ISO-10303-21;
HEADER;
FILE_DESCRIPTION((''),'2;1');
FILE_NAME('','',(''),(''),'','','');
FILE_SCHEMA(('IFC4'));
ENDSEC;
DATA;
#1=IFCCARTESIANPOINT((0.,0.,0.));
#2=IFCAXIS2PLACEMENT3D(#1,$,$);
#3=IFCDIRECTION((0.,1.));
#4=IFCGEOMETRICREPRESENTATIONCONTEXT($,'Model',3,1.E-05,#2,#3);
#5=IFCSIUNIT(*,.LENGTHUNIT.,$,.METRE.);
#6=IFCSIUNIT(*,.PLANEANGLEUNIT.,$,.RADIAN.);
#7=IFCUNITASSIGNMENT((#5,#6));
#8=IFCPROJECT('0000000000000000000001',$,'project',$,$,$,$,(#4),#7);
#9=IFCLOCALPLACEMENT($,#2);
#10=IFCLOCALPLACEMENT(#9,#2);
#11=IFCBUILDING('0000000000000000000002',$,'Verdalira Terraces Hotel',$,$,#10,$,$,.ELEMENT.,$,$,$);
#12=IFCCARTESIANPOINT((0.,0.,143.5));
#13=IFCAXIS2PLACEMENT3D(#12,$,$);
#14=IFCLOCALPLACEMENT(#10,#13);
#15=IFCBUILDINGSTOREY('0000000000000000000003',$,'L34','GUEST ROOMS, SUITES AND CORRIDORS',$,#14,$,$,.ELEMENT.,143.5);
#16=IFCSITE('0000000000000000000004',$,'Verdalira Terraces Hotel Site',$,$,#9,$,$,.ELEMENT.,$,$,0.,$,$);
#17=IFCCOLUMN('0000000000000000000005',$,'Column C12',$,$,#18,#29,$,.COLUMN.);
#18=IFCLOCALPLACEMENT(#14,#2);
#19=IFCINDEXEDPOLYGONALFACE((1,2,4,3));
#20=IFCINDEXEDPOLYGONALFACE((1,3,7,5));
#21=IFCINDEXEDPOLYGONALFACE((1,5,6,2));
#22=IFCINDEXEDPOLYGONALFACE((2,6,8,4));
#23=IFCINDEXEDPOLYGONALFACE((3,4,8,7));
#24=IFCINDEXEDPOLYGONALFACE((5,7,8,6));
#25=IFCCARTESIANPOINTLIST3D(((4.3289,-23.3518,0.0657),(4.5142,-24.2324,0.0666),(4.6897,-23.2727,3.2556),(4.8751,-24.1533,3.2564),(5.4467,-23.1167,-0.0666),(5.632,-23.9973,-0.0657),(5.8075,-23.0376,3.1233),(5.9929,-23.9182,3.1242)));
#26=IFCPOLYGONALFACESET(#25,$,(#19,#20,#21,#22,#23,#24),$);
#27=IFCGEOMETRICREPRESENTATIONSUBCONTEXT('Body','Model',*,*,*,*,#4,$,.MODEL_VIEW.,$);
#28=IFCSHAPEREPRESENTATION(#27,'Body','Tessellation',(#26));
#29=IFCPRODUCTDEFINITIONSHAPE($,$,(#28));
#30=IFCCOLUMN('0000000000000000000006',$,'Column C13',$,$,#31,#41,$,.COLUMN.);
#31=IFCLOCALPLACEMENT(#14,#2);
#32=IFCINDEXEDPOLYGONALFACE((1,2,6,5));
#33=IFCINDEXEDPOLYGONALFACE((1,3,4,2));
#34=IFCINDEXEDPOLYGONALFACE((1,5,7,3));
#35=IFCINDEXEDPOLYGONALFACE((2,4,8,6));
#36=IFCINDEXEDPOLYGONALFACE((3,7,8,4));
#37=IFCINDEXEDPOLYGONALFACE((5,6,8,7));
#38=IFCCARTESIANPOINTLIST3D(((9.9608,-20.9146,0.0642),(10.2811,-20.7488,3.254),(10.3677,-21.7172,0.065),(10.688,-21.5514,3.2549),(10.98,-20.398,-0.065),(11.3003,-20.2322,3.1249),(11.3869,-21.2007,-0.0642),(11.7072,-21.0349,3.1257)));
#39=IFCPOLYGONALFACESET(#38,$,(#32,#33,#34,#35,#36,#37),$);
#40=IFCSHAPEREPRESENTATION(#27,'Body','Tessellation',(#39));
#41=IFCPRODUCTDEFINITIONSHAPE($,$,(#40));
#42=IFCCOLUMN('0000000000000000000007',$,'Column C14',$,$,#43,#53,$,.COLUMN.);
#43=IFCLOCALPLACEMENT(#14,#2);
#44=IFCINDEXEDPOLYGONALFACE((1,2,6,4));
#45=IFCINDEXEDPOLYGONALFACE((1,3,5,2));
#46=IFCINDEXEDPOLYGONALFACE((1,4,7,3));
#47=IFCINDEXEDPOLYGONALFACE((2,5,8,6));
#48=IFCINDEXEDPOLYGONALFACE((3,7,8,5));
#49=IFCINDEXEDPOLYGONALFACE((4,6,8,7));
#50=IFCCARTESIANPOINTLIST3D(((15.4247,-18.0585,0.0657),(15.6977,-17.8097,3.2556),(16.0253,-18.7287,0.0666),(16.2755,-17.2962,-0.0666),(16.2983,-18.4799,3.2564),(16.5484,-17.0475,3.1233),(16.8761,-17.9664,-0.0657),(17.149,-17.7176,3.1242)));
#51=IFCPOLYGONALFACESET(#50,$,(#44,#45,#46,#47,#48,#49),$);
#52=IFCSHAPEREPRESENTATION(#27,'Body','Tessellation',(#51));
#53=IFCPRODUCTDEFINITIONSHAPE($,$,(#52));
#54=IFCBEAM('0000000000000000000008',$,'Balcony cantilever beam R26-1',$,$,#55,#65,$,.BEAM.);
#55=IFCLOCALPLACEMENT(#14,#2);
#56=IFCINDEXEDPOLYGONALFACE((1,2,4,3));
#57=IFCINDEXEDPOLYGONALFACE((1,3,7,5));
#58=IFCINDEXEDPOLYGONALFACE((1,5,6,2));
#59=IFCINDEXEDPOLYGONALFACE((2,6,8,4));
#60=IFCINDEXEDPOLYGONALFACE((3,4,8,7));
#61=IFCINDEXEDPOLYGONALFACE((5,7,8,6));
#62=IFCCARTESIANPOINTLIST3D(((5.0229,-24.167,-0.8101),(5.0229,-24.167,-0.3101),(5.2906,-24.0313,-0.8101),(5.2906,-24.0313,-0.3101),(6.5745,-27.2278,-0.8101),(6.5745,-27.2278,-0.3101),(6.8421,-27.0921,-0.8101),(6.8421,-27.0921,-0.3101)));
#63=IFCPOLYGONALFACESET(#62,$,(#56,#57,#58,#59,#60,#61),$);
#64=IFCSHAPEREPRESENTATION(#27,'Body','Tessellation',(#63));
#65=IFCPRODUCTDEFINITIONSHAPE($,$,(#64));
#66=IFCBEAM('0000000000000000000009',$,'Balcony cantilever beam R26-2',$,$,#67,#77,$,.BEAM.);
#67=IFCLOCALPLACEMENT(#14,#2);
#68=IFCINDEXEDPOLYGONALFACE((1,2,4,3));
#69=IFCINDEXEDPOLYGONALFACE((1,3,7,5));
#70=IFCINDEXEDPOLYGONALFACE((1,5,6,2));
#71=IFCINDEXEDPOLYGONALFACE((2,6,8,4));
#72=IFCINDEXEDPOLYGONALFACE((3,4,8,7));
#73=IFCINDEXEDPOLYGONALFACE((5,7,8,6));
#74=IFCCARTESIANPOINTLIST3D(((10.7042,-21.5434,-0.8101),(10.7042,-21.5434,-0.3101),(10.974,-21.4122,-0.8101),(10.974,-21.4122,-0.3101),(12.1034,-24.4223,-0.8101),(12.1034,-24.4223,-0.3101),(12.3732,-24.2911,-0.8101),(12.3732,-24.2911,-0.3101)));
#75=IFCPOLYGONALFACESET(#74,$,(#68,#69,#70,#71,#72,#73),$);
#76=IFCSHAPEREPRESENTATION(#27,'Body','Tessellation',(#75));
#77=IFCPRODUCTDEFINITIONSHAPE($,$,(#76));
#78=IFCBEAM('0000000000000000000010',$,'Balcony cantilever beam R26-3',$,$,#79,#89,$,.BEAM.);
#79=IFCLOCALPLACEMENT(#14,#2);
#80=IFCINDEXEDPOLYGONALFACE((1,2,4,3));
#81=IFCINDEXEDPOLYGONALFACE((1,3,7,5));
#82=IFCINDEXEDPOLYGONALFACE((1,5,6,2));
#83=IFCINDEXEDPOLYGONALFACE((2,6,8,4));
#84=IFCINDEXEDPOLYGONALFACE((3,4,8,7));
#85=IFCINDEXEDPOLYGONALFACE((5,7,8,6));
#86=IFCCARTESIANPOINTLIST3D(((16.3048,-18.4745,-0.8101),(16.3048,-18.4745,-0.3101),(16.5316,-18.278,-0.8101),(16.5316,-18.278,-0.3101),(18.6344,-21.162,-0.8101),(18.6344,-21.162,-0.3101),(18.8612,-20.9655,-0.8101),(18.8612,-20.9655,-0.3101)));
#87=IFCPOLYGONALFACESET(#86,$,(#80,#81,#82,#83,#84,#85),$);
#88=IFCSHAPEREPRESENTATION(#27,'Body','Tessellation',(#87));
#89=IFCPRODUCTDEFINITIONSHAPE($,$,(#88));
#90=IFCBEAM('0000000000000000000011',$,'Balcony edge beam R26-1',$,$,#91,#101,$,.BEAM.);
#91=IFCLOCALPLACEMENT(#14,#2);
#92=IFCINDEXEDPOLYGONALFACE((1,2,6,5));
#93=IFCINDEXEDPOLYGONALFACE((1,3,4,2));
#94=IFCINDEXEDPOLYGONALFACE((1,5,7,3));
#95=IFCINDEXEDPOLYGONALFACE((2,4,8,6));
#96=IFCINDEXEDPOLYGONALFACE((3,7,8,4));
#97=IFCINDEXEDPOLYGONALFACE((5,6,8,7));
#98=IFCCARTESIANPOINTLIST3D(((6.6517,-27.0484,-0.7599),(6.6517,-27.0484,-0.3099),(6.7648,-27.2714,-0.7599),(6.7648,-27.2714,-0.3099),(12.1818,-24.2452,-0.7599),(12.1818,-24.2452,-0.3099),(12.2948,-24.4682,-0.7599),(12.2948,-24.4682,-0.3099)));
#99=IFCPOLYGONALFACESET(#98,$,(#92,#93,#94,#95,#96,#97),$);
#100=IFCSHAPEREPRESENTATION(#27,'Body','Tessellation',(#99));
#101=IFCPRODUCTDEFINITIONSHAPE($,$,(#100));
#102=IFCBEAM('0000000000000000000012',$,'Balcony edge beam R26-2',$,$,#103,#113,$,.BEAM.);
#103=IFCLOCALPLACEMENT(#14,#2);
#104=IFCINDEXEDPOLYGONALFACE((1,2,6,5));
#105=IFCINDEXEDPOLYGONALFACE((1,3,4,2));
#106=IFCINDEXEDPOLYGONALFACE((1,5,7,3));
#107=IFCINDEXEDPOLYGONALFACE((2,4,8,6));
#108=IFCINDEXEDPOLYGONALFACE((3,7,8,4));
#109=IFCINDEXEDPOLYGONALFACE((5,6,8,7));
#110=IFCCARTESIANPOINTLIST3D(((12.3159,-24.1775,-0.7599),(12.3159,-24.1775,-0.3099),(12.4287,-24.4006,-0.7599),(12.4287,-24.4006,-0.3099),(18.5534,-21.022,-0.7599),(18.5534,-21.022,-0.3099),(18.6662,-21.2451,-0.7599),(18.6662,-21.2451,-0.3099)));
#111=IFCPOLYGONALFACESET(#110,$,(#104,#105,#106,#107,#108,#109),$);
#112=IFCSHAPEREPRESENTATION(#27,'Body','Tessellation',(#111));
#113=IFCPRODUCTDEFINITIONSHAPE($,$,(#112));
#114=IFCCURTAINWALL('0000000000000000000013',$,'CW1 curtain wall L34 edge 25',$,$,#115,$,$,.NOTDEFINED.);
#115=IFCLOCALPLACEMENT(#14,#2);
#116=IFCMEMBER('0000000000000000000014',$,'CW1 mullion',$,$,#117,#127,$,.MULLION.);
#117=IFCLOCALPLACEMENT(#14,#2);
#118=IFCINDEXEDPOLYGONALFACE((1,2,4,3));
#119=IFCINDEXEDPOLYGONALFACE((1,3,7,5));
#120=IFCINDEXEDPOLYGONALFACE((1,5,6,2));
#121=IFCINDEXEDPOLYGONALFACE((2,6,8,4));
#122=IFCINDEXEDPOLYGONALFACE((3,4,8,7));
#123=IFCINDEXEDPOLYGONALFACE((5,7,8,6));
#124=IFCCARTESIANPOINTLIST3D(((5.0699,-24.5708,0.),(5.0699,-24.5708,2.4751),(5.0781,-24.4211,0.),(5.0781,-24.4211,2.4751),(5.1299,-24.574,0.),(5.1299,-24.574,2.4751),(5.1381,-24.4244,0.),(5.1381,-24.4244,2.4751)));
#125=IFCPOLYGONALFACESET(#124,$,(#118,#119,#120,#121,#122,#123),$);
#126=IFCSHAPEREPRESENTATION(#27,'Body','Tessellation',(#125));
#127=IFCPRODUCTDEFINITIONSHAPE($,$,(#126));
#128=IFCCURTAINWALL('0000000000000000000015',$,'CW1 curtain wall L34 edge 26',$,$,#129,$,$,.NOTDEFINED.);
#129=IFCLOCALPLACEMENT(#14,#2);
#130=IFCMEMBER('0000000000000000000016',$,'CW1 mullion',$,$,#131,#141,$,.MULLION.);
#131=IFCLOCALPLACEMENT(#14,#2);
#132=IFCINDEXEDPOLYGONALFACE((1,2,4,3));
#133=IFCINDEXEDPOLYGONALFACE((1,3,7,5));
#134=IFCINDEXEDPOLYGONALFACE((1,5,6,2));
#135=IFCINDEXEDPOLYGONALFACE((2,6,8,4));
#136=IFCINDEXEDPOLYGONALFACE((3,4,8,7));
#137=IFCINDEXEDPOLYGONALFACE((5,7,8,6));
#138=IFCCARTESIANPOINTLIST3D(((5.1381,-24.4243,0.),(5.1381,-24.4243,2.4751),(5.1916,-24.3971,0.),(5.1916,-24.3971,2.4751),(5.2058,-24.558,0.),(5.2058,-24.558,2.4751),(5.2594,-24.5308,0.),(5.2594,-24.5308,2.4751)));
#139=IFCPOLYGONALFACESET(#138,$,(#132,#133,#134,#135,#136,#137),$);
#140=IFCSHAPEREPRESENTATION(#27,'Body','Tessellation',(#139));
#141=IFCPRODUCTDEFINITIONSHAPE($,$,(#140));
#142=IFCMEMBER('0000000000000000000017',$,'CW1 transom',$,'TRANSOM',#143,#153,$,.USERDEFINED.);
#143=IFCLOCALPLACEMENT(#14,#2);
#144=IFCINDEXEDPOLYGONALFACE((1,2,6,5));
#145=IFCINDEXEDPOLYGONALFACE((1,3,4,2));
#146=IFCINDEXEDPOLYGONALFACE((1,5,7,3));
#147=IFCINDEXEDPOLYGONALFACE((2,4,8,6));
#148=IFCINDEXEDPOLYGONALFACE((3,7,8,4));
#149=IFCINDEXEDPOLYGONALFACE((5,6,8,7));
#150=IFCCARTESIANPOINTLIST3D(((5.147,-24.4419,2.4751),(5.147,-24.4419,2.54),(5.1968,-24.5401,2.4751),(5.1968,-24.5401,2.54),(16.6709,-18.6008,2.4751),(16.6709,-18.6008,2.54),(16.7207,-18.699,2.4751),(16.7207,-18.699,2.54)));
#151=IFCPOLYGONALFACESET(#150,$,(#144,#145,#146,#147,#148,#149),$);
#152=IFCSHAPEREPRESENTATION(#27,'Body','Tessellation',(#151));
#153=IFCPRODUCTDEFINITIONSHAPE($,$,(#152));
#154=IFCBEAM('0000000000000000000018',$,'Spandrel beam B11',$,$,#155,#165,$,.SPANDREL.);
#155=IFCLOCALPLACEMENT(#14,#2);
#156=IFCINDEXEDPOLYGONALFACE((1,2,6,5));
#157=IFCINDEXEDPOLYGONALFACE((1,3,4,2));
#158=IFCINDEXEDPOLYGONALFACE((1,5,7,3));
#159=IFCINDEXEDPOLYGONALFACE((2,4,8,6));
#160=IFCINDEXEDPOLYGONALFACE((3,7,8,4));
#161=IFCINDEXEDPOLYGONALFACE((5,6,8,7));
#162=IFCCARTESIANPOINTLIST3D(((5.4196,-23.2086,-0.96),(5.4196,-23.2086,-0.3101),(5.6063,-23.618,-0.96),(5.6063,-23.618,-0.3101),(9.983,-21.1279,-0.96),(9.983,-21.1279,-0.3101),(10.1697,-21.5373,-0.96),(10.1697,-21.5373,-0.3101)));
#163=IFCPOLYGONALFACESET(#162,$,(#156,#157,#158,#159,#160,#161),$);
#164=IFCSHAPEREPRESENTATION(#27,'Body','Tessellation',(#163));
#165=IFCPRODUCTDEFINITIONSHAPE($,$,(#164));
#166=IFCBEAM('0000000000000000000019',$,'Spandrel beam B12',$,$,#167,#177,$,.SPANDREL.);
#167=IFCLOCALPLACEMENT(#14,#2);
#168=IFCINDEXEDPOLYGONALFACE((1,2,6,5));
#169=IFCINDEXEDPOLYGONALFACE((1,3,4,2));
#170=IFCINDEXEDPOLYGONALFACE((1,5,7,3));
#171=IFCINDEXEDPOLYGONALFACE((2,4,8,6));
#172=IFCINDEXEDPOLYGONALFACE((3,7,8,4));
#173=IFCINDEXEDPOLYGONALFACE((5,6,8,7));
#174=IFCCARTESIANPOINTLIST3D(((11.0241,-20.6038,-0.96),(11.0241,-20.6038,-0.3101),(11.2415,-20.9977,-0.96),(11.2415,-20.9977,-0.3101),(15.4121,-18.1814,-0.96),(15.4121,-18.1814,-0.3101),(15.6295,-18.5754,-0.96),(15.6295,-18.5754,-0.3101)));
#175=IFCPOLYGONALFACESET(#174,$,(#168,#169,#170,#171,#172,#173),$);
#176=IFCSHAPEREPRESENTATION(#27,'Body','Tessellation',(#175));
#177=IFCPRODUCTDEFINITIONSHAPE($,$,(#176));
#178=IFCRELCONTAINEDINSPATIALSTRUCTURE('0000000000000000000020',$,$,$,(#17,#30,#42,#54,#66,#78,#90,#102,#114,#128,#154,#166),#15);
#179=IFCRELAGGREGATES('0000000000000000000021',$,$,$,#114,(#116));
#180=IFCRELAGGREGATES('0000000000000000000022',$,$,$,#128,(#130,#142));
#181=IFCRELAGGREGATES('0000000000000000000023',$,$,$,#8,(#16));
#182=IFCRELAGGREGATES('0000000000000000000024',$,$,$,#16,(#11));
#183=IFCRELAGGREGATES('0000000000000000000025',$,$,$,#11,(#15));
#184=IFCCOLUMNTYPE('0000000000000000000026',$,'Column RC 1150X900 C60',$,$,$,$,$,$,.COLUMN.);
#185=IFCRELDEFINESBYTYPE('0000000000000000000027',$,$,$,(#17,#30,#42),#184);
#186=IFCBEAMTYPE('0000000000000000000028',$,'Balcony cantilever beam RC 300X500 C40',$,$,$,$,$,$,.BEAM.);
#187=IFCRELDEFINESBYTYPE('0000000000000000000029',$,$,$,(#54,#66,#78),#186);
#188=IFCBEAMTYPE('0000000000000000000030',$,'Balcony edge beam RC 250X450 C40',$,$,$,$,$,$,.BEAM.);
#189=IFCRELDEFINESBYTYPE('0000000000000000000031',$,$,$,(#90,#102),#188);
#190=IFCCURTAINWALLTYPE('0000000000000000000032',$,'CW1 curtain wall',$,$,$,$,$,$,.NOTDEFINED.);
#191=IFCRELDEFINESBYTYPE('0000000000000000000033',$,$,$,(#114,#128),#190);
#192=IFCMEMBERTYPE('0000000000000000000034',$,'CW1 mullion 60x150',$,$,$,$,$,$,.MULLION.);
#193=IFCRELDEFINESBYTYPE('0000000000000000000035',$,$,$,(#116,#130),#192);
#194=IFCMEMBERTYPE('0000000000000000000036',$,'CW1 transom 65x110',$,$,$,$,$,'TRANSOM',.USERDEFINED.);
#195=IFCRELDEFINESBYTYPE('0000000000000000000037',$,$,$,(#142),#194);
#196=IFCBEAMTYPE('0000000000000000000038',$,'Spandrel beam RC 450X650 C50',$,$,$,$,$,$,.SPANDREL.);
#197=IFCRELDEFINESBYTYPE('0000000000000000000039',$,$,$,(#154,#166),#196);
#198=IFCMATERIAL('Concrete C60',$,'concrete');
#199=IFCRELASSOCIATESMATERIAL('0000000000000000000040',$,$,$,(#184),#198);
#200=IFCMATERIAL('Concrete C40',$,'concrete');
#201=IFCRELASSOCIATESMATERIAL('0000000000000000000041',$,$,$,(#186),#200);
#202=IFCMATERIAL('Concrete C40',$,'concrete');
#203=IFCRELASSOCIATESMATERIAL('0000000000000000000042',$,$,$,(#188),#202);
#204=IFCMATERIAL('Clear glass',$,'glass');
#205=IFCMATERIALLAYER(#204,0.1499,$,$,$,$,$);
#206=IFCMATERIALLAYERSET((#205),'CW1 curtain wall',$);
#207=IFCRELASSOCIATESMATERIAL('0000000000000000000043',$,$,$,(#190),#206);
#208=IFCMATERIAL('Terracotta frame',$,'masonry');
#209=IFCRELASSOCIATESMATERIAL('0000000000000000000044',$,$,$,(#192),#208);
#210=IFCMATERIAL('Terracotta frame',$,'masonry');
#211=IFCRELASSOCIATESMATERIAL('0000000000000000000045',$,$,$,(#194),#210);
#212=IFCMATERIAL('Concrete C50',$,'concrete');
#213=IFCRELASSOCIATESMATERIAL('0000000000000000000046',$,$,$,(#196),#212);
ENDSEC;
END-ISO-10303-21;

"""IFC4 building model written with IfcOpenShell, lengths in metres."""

from ifc_helpers import new_model, si_unit, direction, frame, origin, origin_2d, place, context, subcontext, project, spatial, rectangle, extrude, material, layer, layer_set, material_profile, profile_set, type_object, element, aggregate, save


model = new_model("IFC4")

# Units and contexts
model_context = context("Model", 3, precision=1e-05, world=origin(), true_north=direction((0.0, 1.0)))
body_context = subcontext(model_context, "Body", "Model", "MODEL_VIEW")
ifc_project = project(units=[si_unit("LENGTHUNIT", "METRE"), si_unit("PLANEANGLEUNIT", "RADIAN")], contexts=[model_context])

# Site, building, storey
site_placement = place(None, origin())
site = spatial("IfcSite", under=ifc_project, at=site_placement, Name="Verdalira Terraces Hotel Site", CompositionType="ELEMENT", RefElevation=0.0)
building_placement = place(site_placement, origin())
building = spatial("IfcBuilding", under=site, at=building_placement, Name="Verdalira Terraces Hotel", CompositionType="ELEMENT")
storey_placement = place(building_placement, frame((0.0, 0.0, 143.5)))
storey = spatial("IfcBuildingStorey", under=building, at=storey_placement, Name="L34", Description="GUEST ROOMS, SUITES AND CORRIDORS", CompositionType="ELEMENT", Elevation=143.5)

# Columns
ifc_material_1 = material(Name="Concrete C60", Category="concrete")
ifc_material_profile_1 = material_profile(ifc_material_1, rectangle(XDim=1.1499, YDim=0.8999, at=origin_2d()), Name="RC 1150X900")
ifc_profile_set_1 = profile_set([ifc_material_profile_1], Name="Concrete C60")
column_type = type_object("IfcColumnType", Name="Column RC 1150X900 C60", PredefinedType="COLUMN", material=ifc_profile_set_1)
column_1_placement = place(storey_placement, frame((4.9805, -23.6746, 0.0), z_axis=(0.112367, 0.024633, 0.993361), x_axis=(-0.972092, -0.204464, 0.115031)))
element("IfcColumn", 1, at=column_1_placement, inside=storey, type_object=column_type, Name="Column C12", PredefinedType="COLUMN", context=body_context, shape_type="SweptSolid", body=[
    extrude(rectangle(XDim=1.1499, YDim=0.8999, at=origin_2d()), origin(), (0.0, 0.0, 1.0), 3.2112),
])
column_2_placement = place(storey_placement, frame((10.6738, -21.0576, 0.0), z_axis=(0.099778, 0.051638, 0.993669), x_axis=(0.886334, 0.449211, -0.112344)))
element("IfcColumn", 2, at=column_2_placement, inside=storey, type_object=column_type, Name="Column C13", PredefinedType="COLUMN", context=body_context, shape_type="SweptSolid", body=[
    extrude(rectangle(XDim=1.1499, YDim=0.8999, at=origin_2d()), origin(), (0.0, 0.0, 1.0), 3.2102),
])
column_3_placement = place(storey_placement, frame((16.1504, -18.0125, 0.0), z_axis=(0.084998, 0.077471, 0.993365), x_axis=(-0.739823, -0.6629, 0.115002)))
element("IfcColumn", 3, at=column_3_placement, inside=storey, type_object=column_type, Name="Column C14", PredefinedType="COLUMN", context=body_context, shape_type="SweptSolid", body=[
    extrude(rectangle(XDim=1.1499, YDim=0.8999, at=origin_2d()), origin(), (0.0, 0.0, 1.0), 3.2112),
])

# Beams
ifc_material_2 = material(Name="Concrete C40", Category="concrete")
ifc_material_profile_2 = material_profile(ifc_material_2, rectangle(XDim=0.3, YDim=0.5, at=origin_2d()), Name="RC 300X500")
ifc_profile_set_2 = profile_set([ifc_material_profile_2], Name="Concrete C40")
beam_type_1 = type_object("IfcBeamType", Name="Balcony cantilever beam RC 300X500 C40", PredefinedType="BEAM", material=ifc_profile_set_2)
beam_1_placement = place(storey_placement, frame((5.1567, -24.0991, -0.5601), z_axis=(0.45213, -0.891952, 0.0), x_axis=(0.891952, 0.45213, 0.0)))
element("IfcBeam", 4, at=beam_1_placement, inside=storey, type_object=beam_type_1, Name="Balcony cantilever beam R26-1", PredefinedType="BEAM", context=body_context, shape_type="SweptSolid", body=[
    extrude(rectangle(XDim=0.3, YDim=0.5, at=origin_2d()), origin(), (0.0, 0.0, 1.0), 3.4316),
])
beam_2_placement = place(storey_placement, frame((10.8391, -21.4778, -0.5601), z_axis=(0.437117, -0.899405, 0.0), x_axis=(0.899405, 0.437117, 0.0)))
element("IfcBeam", 5, at=beam_2_placement, inside=storey, type_object=beam_type_1, Name="Balcony cantilever beam R26-2", PredefinedType="BEAM", context=body_context, shape_type="SweptSolid", body=[
    extrude(rectangle(XDim=0.3, YDim=0.5, at=origin_2d()), origin(), (0.0, 0.0, 1.0), 3.2009),
])
beam_3_placement = place(storey_placement, frame((16.4182, -18.3762, -0.5601), z_axis=(0.654998, -0.75563, 0.0), x_axis=(0.75563, 0.654998, 0.0)))
element("IfcBeam", 6, at=beam_3_placement, inside=storey, type_object=beam_type_1, Name="Balcony cantilever beam R26-3", PredefinedType="BEAM", context=body_context, shape_type="SweptSolid", body=[
    extrude(rectangle(XDim=0.3, YDim=0.5, at=origin_2d()), origin(), (0.0, 0.0, 1.0), 3.5566),
])
ifc_material_3 = material(Name="Concrete C40", Category="concrete")
ifc_material_profile_3 = material_profile(ifc_material_3, rectangle(XDim=0.25, YDim=0.45, at=origin_2d()), Name="RC 250X450")
ifc_profile_set_3 = profile_set([ifc_material_profile_3], Name="Concrete C40")
beam_type_2 = type_object("IfcBeamType", Name="Balcony edge beam RC 250X450 C40", PredefinedType="BEAM", material=ifc_profile_set_3)
beam_4_placement = place(storey_placement, frame((6.7083, -27.1599, -0.5349), z_axis=(0.891949, 0.452137, 0.0), x_axis=(-0.452137, 0.891949, 0.0)))
element("IfcBeam", 7, at=beam_4_placement, inside=storey, type_object=beam_type_2, Name="Balcony edge beam R26-1", PredefinedType="BEAM", context=body_context, shape_type="SweptSolid", body=[
    extrude(rectangle(XDim=0.25, YDim=0.45, at=origin_2d()), origin(), (0.0, 0.0, 1.0), 6.2),
])
beam_5_placement = place(storey_placement, frame((12.3723, -24.2891, -0.5349), z_axis=(0.892315, 0.451414, 0.0), x_axis=(-0.451414, 0.892315, 0.0)))
element("IfcBeam", 8, at=beam_5_placement, inside=storey, type_object=beam_type_2, Name="Balcony edge beam R26-2", PredefinedType="BEAM", context=body_context, shape_type="SweptSolid", body=[
    extrude(rectangle(XDim=0.25, YDim=0.45, at=origin_2d()), origin(), (0.0, 0.0, 1.0), 6.9902),
])

# Curtain wall, member
ifc_material_4 = material(Name="Clear glass", Category="glass")
ifc_layer_1 = layer(ifc_material_4, 0.1499)
ifc_layer_set_1 = layer_set([ifc_layer_1], Name="CW1 curtain wall")
curtain_wall_type = type_object("IfcCurtainWallType", Name="CW1 curtain wall", PredefinedType="NOTDEFINED", material=ifc_layer_set_1)
curtain_wall_1_placement = place(storey_placement, origin())
curtain_wall_1 = element("IfcCurtainWall", 9, at=curtain_wall_1_placement, inside=storey, type_object=curtain_wall_type, Name="CW1 curtain wall L34 edge 25", PredefinedType="NOTDEFINED")
ifc_material_5 = material(Name="Terracotta frame", Category="masonry")
ifc_material_profile_4 = material_profile(ifc_material_5, rectangle(XDim=0.0601, YDim=0.1499, at=origin_2d()), Name="MU 60x150")
ifc_profile_set_4 = profile_set([ifc_material_profile_4], Name="Terracotta frame")
member_type_1 = type_object("IfcMemberType", Name="CW1 mullion 60x150", PredefinedType="MULLION", material=ifc_profile_set_4)
member_1_placement = place(storey_placement, frame((5.104, -24.4976, 0.0), z_axis=(0.0, 0.0, 1.0), x_axis=(0.998518, -0.054427, 0.0)))
member_1 = element("IfcMember", 10, at=member_1_placement, type_object=member_type_1, Name="CW1 mullion", PredefinedType="MULLION", context=body_context, shape_type="SweptSolid", body=[
    extrude(rectangle(XDim=0.0601, YDim=0.1499, at=origin_2d()), origin(), (0.0, 0.0, 1.0), 2.4751),
])

# Curtain wall, members
curtain_wall_2_placement = place(storey_placement, origin())
curtain_wall_2 = element("IfcCurtainWall", 11, at=curtain_wall_2_placement, inside=storey, type_object=curtain_wall_type, Name="CW1 curtain wall L34 edge 26", PredefinedType="NOTDEFINED")
member_2_placement = place(storey_placement, frame((5.1987, -24.4775, 0.0), z_axis=(0.0, 0.0, 1.0), x_axis=(0.891955, 0.452123, 0.0)))
member_2 = element("IfcMember", 12, at=member_2_placement, type_object=member_type_1, Name="CW1 mullion", PredefinedType="MULLION", context=body_context, shape_type="SweptSolid", body=[
    extrude(rectangle(XDim=0.0601, YDim=0.1499, at=origin_2d()), origin(), (0.0, 0.0, 1.0), 2.4751),
])
ifc_material_6 = material(Name="Terracotta frame", Category="masonry")
ifc_material_profile_5 = material_profile(ifc_material_6, rectangle(XDim=0.1101, YDim=0.0649, at=origin_2d()), Name="TR 65x110")
ifc_profile_set_5 = profile_set([ifc_material_profile_5], Name="Terracotta frame")
member_type_2 = type_object("IfcMemberType", Name="CW1 transom 65x110", ElementType="TRANSOM", PredefinedType="USERDEFINED", material=ifc_profile_set_5)
member_3_placement = place(storey_placement, frame((5.1719, -24.491, 2.5076), z_axis=(0.891965, 0.452105, 0.0), x_axis=(-0.452105, 0.891965, 0.0)))
member_3 = element("IfcMember", 13, at=member_3_placement, type_object=member_type_2, Name="CW1 transom", ObjectType="TRANSOM", PredefinedType="USERDEFINED", context=body_context, shape_type="SweptSolid", body=[
    extrude(rectangle(XDim=0.1101, YDim=0.0649, at=origin_2d()), origin(), (0.0, 0.0, 1.0), 12.9197),
])

# Beams
ifc_material_7 = material(Name="Concrete C50", Category="concrete")
ifc_material_profile_6 = material_profile(ifc_material_7, rectangle(XDim=0.45, YDim=0.6499, at=origin_2d()), Name="RC 450X650")
ifc_profile_set_6 = profile_set([ifc_material_profile_6], Name="Concrete C50")
beam_type_3 = type_object("IfcBeamType", Name="Spandrel beam RC 450X650 C50", PredefinedType="SPANDREL", material=ifc_profile_set_6)
beam_6_placement = place(storey_placement, frame((5.5129, -23.4133, -0.635), z_axis=(0.909877, 0.414877, 0.0), x_axis=(-0.414877, 0.909877, 0.0)))
element("IfcBeam", 14, at=beam_6_placement, inside=storey, type_object=beam_type_3, Name="Spandrel beam B11", PredefinedType="SPANDREL", context=body_context, shape_type="SweptSolid", body=[
    extrude(rectangle(XDim=0.45, YDim=0.6499, at=origin_2d()), origin(), (0.0, 0.0, 1.0), 5.0154),
])
beam_7_placement = place(storey_placement, frame((11.1328, -20.8008, -0.635), z_axis=(0.875457, 0.483296, 0.0), x_axis=(-0.483296, 0.875457, 0.0)))
element("IfcBeam", 15, at=beam_7_placement, inside=storey, type_object=beam_type_3, Name="Spandrel beam B12", PredefinedType="SPANDREL", context=body_context, shape_type="SweptSolid", body=[
    extrude(rectangle(XDim=0.45, YDim=0.6499, at=origin_2d()), origin(), (0.0, 0.0, 1.0), 5.0122),
])

aggregate(curtain_wall_1, [member_1])
aggregate(curtain_wall_2, [member_2, member_3])

save(model, "model.ifc")
